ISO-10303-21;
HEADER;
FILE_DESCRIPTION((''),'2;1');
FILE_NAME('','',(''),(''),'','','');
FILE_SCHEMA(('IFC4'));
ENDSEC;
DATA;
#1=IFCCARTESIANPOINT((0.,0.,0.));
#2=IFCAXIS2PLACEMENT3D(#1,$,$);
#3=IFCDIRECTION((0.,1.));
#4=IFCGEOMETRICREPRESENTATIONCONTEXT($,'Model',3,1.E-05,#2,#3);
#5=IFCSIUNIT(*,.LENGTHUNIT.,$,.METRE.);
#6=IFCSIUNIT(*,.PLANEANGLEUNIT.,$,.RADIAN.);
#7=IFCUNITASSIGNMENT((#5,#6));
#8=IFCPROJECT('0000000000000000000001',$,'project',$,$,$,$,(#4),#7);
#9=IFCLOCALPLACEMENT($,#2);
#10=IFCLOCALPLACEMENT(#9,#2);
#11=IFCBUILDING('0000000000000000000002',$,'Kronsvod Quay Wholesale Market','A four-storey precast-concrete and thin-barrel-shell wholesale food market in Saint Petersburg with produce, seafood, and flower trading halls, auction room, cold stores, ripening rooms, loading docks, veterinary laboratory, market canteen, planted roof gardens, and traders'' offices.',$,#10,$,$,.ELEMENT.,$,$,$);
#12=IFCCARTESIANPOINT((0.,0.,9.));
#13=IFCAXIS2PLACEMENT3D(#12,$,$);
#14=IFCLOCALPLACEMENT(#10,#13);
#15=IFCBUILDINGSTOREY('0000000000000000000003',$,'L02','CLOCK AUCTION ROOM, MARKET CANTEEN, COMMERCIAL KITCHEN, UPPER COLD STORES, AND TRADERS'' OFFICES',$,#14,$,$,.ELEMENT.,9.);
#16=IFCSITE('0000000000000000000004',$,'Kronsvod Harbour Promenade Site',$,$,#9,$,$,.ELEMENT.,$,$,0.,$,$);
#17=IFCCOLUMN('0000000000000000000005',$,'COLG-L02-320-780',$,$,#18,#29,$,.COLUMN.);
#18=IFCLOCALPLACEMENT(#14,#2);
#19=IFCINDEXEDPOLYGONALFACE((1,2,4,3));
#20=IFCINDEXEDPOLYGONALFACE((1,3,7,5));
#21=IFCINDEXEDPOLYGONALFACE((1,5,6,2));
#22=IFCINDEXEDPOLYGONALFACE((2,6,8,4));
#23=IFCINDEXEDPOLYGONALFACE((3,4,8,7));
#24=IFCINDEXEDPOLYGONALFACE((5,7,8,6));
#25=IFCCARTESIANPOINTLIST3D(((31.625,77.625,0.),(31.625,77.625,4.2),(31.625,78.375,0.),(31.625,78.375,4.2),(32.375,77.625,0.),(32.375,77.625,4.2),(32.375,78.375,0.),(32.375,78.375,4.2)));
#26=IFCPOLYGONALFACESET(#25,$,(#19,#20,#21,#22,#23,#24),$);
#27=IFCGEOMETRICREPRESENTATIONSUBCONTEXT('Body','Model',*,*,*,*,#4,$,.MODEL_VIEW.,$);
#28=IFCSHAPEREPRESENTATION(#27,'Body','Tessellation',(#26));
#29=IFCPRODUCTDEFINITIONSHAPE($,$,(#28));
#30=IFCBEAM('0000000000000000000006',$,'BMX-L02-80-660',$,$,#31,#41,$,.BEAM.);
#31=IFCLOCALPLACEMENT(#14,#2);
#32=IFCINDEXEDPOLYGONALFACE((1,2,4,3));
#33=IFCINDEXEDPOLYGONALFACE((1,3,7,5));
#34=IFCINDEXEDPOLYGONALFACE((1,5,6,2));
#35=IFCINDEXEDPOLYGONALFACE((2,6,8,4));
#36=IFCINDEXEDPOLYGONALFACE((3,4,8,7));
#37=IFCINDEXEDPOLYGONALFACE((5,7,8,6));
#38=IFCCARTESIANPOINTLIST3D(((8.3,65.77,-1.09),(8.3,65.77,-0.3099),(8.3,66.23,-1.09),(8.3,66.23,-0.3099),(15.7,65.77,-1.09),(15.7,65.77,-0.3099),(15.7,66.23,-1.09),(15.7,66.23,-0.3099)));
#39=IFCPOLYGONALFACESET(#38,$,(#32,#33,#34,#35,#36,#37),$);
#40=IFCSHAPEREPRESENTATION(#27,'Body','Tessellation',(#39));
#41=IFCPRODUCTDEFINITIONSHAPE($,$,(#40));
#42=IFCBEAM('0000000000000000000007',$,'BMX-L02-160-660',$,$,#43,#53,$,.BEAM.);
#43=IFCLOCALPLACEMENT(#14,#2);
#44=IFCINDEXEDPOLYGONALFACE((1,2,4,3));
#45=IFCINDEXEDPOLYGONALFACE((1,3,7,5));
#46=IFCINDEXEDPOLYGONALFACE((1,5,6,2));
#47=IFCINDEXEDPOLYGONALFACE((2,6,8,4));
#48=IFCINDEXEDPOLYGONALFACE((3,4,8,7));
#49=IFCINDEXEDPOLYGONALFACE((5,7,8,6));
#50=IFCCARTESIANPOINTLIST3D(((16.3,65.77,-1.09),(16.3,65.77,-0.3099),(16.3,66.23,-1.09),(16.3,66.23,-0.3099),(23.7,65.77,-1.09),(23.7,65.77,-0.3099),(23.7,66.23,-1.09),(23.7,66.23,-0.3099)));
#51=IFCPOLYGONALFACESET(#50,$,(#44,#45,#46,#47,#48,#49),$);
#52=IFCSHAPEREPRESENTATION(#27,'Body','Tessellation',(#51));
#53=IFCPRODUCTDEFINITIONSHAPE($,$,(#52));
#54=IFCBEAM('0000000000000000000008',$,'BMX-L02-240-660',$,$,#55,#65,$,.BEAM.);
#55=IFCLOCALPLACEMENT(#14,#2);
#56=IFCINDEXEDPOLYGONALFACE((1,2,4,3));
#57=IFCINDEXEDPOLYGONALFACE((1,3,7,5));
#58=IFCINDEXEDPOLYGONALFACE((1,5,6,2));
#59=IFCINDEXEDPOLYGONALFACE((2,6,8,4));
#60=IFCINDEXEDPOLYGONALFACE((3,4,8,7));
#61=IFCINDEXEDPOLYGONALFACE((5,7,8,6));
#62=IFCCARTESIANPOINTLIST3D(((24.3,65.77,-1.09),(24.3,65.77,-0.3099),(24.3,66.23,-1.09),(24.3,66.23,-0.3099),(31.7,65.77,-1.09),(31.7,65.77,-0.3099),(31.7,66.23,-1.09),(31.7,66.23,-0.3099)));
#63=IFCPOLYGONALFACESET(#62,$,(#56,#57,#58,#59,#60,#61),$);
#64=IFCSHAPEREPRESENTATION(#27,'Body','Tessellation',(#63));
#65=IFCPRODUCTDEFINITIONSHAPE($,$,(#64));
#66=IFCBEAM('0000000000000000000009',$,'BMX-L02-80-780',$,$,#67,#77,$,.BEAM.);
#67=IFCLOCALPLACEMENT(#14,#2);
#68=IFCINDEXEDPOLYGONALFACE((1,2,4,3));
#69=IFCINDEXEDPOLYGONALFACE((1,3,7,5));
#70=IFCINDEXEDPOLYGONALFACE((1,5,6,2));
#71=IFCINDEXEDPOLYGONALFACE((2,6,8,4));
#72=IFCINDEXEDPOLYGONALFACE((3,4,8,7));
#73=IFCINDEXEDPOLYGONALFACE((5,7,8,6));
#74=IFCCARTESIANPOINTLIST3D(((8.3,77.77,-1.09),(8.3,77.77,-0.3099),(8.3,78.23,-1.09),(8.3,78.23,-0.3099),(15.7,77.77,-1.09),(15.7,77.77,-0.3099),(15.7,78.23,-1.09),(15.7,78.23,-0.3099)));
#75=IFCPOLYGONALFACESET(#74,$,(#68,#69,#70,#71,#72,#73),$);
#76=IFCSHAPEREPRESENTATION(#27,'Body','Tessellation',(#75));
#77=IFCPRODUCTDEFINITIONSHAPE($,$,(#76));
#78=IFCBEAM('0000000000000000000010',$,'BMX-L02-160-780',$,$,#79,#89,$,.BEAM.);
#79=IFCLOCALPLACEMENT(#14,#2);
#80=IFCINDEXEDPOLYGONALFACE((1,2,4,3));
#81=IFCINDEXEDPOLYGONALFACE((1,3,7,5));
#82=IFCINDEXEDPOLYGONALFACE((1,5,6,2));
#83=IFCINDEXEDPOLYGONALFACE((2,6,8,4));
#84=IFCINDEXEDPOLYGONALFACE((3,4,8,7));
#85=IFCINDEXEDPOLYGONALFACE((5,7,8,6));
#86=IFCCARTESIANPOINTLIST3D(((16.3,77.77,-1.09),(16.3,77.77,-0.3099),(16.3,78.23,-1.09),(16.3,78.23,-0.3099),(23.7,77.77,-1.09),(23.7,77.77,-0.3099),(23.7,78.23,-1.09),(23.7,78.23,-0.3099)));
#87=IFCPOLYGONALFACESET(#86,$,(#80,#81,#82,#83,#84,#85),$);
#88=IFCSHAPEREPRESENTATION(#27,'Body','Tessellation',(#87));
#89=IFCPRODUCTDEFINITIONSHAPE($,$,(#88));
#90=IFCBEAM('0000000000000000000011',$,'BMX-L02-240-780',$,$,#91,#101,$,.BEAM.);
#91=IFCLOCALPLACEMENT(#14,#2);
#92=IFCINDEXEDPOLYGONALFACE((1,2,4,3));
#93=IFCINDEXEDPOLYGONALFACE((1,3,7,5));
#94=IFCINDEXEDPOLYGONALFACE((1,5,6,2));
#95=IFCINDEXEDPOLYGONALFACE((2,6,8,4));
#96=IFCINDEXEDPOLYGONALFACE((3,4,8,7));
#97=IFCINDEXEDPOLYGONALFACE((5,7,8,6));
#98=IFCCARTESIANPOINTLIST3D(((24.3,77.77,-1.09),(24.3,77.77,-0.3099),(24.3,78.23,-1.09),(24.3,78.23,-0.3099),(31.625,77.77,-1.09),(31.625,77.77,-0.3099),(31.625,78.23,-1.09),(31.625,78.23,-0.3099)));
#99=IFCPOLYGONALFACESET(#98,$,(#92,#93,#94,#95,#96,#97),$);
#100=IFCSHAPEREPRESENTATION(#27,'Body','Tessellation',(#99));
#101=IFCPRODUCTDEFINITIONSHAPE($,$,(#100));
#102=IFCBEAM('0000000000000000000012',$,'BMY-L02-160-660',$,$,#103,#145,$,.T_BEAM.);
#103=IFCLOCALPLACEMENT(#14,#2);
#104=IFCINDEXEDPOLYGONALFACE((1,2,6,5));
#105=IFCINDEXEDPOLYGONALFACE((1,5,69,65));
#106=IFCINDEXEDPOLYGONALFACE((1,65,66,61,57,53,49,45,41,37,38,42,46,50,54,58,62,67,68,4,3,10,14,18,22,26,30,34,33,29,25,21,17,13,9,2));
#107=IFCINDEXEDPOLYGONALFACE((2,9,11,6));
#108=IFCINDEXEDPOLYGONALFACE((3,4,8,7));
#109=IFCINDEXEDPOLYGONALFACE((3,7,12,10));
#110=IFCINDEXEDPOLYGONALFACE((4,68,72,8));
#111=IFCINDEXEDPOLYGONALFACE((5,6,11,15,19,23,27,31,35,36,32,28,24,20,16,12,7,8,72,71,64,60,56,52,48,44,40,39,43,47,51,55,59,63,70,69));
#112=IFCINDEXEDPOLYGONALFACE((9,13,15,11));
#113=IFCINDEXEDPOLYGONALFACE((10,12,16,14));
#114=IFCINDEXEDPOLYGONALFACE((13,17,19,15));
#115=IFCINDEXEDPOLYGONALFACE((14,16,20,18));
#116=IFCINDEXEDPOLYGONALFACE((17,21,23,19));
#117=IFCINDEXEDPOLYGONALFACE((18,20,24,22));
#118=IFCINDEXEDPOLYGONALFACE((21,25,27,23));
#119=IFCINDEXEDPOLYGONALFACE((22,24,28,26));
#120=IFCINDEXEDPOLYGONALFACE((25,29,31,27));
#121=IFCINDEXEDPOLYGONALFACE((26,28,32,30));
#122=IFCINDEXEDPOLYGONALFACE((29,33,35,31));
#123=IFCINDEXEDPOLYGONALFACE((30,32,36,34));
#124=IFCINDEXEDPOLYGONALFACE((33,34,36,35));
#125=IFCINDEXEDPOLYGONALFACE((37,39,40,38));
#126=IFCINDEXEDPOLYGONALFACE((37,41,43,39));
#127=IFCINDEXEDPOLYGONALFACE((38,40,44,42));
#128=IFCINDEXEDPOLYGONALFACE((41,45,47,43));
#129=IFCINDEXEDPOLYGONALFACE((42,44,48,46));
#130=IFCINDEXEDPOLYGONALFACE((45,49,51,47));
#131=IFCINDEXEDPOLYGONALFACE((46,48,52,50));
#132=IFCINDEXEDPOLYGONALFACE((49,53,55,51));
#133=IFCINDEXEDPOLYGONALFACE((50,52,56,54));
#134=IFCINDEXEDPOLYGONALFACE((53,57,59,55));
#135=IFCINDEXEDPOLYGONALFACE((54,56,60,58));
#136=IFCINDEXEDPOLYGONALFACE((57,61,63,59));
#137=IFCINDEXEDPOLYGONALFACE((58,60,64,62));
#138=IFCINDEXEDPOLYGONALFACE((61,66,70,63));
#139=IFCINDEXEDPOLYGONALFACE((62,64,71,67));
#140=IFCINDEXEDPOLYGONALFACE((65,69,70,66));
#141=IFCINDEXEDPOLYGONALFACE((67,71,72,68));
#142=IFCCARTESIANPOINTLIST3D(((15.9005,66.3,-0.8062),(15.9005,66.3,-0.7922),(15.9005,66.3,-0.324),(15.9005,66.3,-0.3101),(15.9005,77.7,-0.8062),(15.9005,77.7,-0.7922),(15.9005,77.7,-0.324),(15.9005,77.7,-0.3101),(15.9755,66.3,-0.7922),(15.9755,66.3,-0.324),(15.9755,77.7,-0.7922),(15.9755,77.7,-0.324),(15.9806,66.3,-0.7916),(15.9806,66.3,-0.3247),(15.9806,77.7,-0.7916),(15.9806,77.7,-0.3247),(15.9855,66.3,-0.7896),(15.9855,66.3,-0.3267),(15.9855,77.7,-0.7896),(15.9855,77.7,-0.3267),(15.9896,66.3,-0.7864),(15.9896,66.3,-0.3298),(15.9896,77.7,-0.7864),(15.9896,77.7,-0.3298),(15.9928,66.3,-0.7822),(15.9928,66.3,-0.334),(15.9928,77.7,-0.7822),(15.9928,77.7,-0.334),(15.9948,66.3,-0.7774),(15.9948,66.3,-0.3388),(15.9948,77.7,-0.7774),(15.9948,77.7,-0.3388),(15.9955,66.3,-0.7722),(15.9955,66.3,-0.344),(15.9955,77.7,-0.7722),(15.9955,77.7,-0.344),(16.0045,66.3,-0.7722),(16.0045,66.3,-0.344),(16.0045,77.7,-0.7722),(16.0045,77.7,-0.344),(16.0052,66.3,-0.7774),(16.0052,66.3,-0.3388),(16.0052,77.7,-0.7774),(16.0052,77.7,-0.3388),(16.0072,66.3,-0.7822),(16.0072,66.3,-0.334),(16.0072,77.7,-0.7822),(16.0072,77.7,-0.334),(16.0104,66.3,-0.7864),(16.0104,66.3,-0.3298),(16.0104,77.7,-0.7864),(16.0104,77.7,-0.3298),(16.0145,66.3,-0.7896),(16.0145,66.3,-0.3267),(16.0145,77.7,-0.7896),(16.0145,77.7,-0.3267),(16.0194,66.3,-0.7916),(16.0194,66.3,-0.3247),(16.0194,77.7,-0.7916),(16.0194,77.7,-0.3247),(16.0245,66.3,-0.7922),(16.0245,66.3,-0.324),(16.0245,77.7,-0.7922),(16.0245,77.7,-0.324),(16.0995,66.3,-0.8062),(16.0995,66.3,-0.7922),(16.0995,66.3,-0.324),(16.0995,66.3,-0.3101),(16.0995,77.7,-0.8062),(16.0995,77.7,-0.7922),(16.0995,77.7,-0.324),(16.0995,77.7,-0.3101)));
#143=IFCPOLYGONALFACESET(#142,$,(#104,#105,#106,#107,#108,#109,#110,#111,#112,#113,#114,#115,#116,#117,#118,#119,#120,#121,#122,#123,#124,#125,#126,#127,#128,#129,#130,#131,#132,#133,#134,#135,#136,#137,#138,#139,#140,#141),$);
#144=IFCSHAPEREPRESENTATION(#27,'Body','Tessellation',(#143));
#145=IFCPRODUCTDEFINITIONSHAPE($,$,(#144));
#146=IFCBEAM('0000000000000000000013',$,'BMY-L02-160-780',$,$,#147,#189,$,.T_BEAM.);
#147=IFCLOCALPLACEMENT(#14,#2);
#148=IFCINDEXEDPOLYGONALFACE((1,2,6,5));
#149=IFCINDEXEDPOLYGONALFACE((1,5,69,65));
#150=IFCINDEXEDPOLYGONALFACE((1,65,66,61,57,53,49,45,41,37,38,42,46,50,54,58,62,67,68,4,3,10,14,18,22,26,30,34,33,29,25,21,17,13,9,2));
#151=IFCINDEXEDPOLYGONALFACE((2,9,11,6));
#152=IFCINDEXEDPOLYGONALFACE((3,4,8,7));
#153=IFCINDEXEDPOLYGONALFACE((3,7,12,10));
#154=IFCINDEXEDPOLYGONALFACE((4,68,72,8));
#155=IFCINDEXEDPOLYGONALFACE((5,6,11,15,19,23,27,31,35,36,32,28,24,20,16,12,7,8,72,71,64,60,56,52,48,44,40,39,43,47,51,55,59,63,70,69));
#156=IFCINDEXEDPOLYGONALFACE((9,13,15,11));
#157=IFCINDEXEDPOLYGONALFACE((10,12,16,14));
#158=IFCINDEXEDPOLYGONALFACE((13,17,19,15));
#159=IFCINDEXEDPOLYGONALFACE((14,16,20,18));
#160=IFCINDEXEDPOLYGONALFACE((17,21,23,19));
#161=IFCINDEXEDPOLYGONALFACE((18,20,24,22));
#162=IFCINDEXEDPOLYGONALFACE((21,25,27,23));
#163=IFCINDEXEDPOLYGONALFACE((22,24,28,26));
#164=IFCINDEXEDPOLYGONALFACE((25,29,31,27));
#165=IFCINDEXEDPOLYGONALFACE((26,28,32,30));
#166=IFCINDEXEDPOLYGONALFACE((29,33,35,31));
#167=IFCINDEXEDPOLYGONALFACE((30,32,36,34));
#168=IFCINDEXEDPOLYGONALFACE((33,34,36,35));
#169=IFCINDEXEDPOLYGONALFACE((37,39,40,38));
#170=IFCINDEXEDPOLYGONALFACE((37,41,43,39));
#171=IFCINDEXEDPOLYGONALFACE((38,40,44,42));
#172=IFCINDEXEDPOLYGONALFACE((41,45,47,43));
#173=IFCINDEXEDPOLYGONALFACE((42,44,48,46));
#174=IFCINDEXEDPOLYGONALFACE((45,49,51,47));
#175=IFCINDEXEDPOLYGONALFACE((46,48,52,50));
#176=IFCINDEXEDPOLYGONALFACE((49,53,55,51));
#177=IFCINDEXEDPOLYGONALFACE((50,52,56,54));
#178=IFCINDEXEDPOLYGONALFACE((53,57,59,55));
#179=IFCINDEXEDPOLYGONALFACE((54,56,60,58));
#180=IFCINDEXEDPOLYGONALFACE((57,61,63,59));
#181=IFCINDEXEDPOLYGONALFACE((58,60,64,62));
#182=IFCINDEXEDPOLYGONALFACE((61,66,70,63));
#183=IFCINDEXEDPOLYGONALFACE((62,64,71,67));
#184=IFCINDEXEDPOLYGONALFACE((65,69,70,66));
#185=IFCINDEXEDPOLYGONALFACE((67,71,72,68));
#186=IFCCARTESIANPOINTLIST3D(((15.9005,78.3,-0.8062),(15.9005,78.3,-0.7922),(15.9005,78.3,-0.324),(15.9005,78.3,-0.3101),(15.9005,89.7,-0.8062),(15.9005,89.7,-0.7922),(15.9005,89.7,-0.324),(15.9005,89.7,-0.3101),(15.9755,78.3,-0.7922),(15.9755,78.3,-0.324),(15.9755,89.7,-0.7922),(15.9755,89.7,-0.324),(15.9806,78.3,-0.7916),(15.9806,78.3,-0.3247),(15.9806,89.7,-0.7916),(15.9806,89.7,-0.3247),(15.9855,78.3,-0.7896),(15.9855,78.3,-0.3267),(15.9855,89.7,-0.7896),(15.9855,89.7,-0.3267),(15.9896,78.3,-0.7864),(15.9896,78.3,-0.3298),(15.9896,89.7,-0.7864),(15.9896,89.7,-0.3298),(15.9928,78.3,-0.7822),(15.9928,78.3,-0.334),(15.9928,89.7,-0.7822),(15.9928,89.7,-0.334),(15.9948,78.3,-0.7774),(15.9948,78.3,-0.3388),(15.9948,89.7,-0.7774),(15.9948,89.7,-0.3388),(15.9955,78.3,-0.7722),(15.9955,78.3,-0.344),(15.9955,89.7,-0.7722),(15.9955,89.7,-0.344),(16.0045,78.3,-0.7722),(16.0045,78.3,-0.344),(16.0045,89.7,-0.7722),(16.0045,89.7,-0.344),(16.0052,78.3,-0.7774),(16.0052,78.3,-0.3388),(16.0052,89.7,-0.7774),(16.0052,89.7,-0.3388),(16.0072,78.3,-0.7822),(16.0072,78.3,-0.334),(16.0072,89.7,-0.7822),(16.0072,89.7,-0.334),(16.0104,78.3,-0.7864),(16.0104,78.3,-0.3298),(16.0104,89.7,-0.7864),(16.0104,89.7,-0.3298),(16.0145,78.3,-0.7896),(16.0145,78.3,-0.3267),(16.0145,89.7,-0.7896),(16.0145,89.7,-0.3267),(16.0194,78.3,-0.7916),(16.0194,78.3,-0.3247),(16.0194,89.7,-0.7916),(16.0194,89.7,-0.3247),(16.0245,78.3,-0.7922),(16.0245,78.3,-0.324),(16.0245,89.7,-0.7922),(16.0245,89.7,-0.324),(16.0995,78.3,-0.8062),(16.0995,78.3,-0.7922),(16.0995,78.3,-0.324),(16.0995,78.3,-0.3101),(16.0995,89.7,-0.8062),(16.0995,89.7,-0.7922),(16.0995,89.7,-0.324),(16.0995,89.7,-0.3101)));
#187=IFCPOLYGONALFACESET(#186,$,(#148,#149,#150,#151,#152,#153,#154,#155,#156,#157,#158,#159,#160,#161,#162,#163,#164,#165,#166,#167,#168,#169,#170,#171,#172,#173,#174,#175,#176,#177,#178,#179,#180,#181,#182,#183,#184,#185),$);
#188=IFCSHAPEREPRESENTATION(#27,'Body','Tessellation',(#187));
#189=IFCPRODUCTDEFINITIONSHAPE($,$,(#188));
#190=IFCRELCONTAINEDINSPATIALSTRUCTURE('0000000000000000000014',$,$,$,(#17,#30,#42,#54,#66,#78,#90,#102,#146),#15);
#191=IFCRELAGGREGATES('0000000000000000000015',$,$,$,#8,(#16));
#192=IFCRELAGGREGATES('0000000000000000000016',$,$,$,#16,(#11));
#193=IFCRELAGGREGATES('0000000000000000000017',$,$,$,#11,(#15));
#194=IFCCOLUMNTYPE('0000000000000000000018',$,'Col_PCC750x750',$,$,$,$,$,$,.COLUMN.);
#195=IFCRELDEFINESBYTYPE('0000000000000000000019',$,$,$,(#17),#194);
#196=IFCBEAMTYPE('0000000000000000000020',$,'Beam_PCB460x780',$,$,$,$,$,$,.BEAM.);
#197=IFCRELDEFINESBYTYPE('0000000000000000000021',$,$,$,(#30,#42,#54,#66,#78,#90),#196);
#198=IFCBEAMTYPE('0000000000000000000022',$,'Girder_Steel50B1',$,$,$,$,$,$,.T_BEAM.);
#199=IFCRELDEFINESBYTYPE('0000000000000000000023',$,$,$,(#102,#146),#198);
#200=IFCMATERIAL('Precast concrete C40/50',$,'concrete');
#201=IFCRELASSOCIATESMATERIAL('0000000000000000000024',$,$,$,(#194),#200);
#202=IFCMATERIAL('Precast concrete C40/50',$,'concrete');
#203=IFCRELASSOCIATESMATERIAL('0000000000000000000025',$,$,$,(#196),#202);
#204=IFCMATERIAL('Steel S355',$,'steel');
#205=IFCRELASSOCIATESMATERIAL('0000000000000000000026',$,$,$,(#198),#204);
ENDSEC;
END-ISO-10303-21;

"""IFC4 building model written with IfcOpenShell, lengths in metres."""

from ifc_helpers import new_model, si_unit, direction, frame, origin, origin_2d, place, context, subcontext, project, spatial, rectangle, i_section, extrude, material, material_profile, profile_set, type_object, element, save


model = new_model("IFC4")

# Units and contexts
model_context = context("Model", 3, precision=1e-05, world=origin(), true_north=direction((0.0, 1.0)))
body_context = subcontext(model_context, "Body", "Model", "MODEL_VIEW")
ifc_project = project(units=[si_unit("LENGTHUNIT", "METRE"), si_unit("PLANEANGLEUNIT", "RADIAN")], contexts=[model_context])

# Site, building, storey
site_placement = place(None, origin())
site = spatial("IfcSite", under=ifc_project, at=site_placement, Name="Kronsvod Harbour Promenade Site", CompositionType="ELEMENT", RefElevation=0.0)
building_placement = place(site_placement, origin())
building = spatial("IfcBuilding", under=site, at=building_placement, Name="Kronsvod Quay Wholesale Market", Description="A four-storey precast-concrete and thin-barrel-shell wholesale food market in Saint Petersburg with produce, seafood, and flower trading halls, auction room, cold stores, ripening rooms, loading docks, veterinary laboratory, market canteen, planted roof gardens, and traders' offices.", CompositionType="ELEMENT")
storey_placement = place(building_placement, frame((0.0, 0.0, 9.0)))
storey = spatial("IfcBuildingStorey", under=building, at=storey_placement, Name="L02", Description="CLOCK AUCTION ROOM, MARKET CANTEEN, COMMERCIAL KITCHEN, UPPER COLD STORES, AND TRADERS' OFFICES", CompositionType="ELEMENT", Elevation=9.0)

# Column
ifc_material_1 = material(Name="Precast concrete C40/50", Category="concrete")
ifc_material_profile_1 = material_profile(ifc_material_1, rectangle(XDim=0.75, YDim=0.75, at=origin_2d()), Name="COL-07")
ifc_profile_set_1 = profile_set([ifc_material_profile_1], Name="Precast concrete C40/50")
column_type = type_object("IfcColumnType", Name="Col_PCC750x750", PredefinedType="COLUMN", material=ifc_profile_set_1)
column_placement = place(storey_placement, frame((32.0, 78.0, 0.0), z_axis=(0.0, 0.0, 1.0), x_axis=(1.0, 0.0, 0.0)))
element("IfcColumn", 1, at=column_placement, inside=storey, type_object=column_type, Name="COLG-L02-320-780", PredefinedType="COLUMN", context=body_context, shape_type="SweptSolid", body=[
    extrude(rectangle(XDim=0.75, YDim=0.75, at=origin_2d()), origin(), (0.0, 0.0, 1.0), 4.2),
])

# Beams
ifc_material_2 = material(Name="Precast concrete C40/50", Category="concrete")
ifc_material_profile_2 = material_profile(ifc_material_2, rectangle(XDim=0.46, YDim=0.78, at=origin_2d()), Name="PB-03")
ifc_profile_set_2 = profile_set([ifc_material_profile_2], Name="Precast concrete C40/50")
beam_type_1 = type_object("IfcBeamType", Name="Beam_PCB460x780", PredefinedType="BEAM", material=ifc_profile_set_2)
for number, where, z_axis, x_axis, name in (
    (2, (8.3, 66.0, -0.7), (1.0, 0.0, 0.0), (0.0, 1.0, 0.0), "BMX-L02-80-660"),
    (3, (16.3, 66.0, -0.7), (1.0, 0.0, 0.0), (0.0, 1.0, 0.0), "BMX-L02-160-660"),
    (4, (24.3, 66.0, -0.7), (1.0, 0.0, 0.0), (0.0, 1.0, 0.0), "BMX-L02-240-660"),
    (5, (8.3, 78.0, -0.7), (1.0, 0.0, 0.0), (0.0, 1.0, 0.0), "BMX-L02-80-780"),
    (6, (16.3, 78.0, -0.7), (1.0, 0.0, 0.0), (0.0, 1.0, 0.0), "BMX-L02-160-780"),
):
    element("IfcBeam", number, at=place(storey_placement, frame(where, z_axis=z_axis, x_axis=x_axis)), inside=storey, type_object=beam_type_1, Name=name, PredefinedType="BEAM", context=body_context, shape_type="SweptSolid", body=[
        extrude(rectangle(XDim=0.46, YDim=0.78, at=origin_2d()), origin(), (0.0, 0.0, 1.0), 7.3999),
    ])
beam_1_placement = place(storey_placement, frame((24.3, 78.0, -0.7), z_axis=(1.0, 0.0, 0.0), x_axis=(0.0, 1.0, 0.0)))
element("IfcBeam", 7, at=beam_1_placement, inside=storey, type_object=beam_type_1, Name="BMX-L02-240-780", PredefinedType="BEAM", context=body_context, shape_type="SweptSolid", body=[
    extrude(rectangle(XDim=0.46, YDim=0.78, at=origin_2d()), origin(), (0.0, 0.0, 1.0), 7.325),
])
ifc_material_3 = material(Name="Steel S355", Category="steel")
ifc_material_profile_3 = material_profile(ifc_material_3, i_section(OverallWidth=0.199, OverallDepth=0.4961, WebThickness=0.009, FlangeThickness=0.0139, FilletRadius=0.02, at=origin_2d()), Name="50B1")
ifc_profile_set_3 = profile_set([ifc_material_profile_3], Name="Steel S355")
beam_type_2 = type_object("IfcBeamType", Name="Girder_Steel50B1", PredefinedType="T_BEAM", material=ifc_profile_set_3)
for number, where, z_axis, x_axis, name in (
    (8, (16.0, 66.3, -0.5581), (0.0, 1.0, 0.0), (-1.0, 0.0, 0.0), "BMY-L02-160-660"),
    (9, (16.0, 78.3, -0.5581), (0.0, 1.0, 0.0), (-1.0, 0.0, 0.0), "BMY-L02-160-780"),
):
    element("IfcBeam", number, at=place(storey_placement, frame(where, z_axis=z_axis, x_axis=x_axis)), inside=storey, type_object=beam_type_2, Name=name, PredefinedType="T_BEAM", context=body_context, shape_type="SweptSolid", body=[
        extrude(i_section(OverallWidth=0.199, OverallDepth=0.4961, WebThickness=0.009, FlangeThickness=0.0139, FilletRadius=0.02, at=origin_2d()), origin(), (0.0, 0.0, 1.0), 11.3999),
    ])

save(model, "model.ifc")
